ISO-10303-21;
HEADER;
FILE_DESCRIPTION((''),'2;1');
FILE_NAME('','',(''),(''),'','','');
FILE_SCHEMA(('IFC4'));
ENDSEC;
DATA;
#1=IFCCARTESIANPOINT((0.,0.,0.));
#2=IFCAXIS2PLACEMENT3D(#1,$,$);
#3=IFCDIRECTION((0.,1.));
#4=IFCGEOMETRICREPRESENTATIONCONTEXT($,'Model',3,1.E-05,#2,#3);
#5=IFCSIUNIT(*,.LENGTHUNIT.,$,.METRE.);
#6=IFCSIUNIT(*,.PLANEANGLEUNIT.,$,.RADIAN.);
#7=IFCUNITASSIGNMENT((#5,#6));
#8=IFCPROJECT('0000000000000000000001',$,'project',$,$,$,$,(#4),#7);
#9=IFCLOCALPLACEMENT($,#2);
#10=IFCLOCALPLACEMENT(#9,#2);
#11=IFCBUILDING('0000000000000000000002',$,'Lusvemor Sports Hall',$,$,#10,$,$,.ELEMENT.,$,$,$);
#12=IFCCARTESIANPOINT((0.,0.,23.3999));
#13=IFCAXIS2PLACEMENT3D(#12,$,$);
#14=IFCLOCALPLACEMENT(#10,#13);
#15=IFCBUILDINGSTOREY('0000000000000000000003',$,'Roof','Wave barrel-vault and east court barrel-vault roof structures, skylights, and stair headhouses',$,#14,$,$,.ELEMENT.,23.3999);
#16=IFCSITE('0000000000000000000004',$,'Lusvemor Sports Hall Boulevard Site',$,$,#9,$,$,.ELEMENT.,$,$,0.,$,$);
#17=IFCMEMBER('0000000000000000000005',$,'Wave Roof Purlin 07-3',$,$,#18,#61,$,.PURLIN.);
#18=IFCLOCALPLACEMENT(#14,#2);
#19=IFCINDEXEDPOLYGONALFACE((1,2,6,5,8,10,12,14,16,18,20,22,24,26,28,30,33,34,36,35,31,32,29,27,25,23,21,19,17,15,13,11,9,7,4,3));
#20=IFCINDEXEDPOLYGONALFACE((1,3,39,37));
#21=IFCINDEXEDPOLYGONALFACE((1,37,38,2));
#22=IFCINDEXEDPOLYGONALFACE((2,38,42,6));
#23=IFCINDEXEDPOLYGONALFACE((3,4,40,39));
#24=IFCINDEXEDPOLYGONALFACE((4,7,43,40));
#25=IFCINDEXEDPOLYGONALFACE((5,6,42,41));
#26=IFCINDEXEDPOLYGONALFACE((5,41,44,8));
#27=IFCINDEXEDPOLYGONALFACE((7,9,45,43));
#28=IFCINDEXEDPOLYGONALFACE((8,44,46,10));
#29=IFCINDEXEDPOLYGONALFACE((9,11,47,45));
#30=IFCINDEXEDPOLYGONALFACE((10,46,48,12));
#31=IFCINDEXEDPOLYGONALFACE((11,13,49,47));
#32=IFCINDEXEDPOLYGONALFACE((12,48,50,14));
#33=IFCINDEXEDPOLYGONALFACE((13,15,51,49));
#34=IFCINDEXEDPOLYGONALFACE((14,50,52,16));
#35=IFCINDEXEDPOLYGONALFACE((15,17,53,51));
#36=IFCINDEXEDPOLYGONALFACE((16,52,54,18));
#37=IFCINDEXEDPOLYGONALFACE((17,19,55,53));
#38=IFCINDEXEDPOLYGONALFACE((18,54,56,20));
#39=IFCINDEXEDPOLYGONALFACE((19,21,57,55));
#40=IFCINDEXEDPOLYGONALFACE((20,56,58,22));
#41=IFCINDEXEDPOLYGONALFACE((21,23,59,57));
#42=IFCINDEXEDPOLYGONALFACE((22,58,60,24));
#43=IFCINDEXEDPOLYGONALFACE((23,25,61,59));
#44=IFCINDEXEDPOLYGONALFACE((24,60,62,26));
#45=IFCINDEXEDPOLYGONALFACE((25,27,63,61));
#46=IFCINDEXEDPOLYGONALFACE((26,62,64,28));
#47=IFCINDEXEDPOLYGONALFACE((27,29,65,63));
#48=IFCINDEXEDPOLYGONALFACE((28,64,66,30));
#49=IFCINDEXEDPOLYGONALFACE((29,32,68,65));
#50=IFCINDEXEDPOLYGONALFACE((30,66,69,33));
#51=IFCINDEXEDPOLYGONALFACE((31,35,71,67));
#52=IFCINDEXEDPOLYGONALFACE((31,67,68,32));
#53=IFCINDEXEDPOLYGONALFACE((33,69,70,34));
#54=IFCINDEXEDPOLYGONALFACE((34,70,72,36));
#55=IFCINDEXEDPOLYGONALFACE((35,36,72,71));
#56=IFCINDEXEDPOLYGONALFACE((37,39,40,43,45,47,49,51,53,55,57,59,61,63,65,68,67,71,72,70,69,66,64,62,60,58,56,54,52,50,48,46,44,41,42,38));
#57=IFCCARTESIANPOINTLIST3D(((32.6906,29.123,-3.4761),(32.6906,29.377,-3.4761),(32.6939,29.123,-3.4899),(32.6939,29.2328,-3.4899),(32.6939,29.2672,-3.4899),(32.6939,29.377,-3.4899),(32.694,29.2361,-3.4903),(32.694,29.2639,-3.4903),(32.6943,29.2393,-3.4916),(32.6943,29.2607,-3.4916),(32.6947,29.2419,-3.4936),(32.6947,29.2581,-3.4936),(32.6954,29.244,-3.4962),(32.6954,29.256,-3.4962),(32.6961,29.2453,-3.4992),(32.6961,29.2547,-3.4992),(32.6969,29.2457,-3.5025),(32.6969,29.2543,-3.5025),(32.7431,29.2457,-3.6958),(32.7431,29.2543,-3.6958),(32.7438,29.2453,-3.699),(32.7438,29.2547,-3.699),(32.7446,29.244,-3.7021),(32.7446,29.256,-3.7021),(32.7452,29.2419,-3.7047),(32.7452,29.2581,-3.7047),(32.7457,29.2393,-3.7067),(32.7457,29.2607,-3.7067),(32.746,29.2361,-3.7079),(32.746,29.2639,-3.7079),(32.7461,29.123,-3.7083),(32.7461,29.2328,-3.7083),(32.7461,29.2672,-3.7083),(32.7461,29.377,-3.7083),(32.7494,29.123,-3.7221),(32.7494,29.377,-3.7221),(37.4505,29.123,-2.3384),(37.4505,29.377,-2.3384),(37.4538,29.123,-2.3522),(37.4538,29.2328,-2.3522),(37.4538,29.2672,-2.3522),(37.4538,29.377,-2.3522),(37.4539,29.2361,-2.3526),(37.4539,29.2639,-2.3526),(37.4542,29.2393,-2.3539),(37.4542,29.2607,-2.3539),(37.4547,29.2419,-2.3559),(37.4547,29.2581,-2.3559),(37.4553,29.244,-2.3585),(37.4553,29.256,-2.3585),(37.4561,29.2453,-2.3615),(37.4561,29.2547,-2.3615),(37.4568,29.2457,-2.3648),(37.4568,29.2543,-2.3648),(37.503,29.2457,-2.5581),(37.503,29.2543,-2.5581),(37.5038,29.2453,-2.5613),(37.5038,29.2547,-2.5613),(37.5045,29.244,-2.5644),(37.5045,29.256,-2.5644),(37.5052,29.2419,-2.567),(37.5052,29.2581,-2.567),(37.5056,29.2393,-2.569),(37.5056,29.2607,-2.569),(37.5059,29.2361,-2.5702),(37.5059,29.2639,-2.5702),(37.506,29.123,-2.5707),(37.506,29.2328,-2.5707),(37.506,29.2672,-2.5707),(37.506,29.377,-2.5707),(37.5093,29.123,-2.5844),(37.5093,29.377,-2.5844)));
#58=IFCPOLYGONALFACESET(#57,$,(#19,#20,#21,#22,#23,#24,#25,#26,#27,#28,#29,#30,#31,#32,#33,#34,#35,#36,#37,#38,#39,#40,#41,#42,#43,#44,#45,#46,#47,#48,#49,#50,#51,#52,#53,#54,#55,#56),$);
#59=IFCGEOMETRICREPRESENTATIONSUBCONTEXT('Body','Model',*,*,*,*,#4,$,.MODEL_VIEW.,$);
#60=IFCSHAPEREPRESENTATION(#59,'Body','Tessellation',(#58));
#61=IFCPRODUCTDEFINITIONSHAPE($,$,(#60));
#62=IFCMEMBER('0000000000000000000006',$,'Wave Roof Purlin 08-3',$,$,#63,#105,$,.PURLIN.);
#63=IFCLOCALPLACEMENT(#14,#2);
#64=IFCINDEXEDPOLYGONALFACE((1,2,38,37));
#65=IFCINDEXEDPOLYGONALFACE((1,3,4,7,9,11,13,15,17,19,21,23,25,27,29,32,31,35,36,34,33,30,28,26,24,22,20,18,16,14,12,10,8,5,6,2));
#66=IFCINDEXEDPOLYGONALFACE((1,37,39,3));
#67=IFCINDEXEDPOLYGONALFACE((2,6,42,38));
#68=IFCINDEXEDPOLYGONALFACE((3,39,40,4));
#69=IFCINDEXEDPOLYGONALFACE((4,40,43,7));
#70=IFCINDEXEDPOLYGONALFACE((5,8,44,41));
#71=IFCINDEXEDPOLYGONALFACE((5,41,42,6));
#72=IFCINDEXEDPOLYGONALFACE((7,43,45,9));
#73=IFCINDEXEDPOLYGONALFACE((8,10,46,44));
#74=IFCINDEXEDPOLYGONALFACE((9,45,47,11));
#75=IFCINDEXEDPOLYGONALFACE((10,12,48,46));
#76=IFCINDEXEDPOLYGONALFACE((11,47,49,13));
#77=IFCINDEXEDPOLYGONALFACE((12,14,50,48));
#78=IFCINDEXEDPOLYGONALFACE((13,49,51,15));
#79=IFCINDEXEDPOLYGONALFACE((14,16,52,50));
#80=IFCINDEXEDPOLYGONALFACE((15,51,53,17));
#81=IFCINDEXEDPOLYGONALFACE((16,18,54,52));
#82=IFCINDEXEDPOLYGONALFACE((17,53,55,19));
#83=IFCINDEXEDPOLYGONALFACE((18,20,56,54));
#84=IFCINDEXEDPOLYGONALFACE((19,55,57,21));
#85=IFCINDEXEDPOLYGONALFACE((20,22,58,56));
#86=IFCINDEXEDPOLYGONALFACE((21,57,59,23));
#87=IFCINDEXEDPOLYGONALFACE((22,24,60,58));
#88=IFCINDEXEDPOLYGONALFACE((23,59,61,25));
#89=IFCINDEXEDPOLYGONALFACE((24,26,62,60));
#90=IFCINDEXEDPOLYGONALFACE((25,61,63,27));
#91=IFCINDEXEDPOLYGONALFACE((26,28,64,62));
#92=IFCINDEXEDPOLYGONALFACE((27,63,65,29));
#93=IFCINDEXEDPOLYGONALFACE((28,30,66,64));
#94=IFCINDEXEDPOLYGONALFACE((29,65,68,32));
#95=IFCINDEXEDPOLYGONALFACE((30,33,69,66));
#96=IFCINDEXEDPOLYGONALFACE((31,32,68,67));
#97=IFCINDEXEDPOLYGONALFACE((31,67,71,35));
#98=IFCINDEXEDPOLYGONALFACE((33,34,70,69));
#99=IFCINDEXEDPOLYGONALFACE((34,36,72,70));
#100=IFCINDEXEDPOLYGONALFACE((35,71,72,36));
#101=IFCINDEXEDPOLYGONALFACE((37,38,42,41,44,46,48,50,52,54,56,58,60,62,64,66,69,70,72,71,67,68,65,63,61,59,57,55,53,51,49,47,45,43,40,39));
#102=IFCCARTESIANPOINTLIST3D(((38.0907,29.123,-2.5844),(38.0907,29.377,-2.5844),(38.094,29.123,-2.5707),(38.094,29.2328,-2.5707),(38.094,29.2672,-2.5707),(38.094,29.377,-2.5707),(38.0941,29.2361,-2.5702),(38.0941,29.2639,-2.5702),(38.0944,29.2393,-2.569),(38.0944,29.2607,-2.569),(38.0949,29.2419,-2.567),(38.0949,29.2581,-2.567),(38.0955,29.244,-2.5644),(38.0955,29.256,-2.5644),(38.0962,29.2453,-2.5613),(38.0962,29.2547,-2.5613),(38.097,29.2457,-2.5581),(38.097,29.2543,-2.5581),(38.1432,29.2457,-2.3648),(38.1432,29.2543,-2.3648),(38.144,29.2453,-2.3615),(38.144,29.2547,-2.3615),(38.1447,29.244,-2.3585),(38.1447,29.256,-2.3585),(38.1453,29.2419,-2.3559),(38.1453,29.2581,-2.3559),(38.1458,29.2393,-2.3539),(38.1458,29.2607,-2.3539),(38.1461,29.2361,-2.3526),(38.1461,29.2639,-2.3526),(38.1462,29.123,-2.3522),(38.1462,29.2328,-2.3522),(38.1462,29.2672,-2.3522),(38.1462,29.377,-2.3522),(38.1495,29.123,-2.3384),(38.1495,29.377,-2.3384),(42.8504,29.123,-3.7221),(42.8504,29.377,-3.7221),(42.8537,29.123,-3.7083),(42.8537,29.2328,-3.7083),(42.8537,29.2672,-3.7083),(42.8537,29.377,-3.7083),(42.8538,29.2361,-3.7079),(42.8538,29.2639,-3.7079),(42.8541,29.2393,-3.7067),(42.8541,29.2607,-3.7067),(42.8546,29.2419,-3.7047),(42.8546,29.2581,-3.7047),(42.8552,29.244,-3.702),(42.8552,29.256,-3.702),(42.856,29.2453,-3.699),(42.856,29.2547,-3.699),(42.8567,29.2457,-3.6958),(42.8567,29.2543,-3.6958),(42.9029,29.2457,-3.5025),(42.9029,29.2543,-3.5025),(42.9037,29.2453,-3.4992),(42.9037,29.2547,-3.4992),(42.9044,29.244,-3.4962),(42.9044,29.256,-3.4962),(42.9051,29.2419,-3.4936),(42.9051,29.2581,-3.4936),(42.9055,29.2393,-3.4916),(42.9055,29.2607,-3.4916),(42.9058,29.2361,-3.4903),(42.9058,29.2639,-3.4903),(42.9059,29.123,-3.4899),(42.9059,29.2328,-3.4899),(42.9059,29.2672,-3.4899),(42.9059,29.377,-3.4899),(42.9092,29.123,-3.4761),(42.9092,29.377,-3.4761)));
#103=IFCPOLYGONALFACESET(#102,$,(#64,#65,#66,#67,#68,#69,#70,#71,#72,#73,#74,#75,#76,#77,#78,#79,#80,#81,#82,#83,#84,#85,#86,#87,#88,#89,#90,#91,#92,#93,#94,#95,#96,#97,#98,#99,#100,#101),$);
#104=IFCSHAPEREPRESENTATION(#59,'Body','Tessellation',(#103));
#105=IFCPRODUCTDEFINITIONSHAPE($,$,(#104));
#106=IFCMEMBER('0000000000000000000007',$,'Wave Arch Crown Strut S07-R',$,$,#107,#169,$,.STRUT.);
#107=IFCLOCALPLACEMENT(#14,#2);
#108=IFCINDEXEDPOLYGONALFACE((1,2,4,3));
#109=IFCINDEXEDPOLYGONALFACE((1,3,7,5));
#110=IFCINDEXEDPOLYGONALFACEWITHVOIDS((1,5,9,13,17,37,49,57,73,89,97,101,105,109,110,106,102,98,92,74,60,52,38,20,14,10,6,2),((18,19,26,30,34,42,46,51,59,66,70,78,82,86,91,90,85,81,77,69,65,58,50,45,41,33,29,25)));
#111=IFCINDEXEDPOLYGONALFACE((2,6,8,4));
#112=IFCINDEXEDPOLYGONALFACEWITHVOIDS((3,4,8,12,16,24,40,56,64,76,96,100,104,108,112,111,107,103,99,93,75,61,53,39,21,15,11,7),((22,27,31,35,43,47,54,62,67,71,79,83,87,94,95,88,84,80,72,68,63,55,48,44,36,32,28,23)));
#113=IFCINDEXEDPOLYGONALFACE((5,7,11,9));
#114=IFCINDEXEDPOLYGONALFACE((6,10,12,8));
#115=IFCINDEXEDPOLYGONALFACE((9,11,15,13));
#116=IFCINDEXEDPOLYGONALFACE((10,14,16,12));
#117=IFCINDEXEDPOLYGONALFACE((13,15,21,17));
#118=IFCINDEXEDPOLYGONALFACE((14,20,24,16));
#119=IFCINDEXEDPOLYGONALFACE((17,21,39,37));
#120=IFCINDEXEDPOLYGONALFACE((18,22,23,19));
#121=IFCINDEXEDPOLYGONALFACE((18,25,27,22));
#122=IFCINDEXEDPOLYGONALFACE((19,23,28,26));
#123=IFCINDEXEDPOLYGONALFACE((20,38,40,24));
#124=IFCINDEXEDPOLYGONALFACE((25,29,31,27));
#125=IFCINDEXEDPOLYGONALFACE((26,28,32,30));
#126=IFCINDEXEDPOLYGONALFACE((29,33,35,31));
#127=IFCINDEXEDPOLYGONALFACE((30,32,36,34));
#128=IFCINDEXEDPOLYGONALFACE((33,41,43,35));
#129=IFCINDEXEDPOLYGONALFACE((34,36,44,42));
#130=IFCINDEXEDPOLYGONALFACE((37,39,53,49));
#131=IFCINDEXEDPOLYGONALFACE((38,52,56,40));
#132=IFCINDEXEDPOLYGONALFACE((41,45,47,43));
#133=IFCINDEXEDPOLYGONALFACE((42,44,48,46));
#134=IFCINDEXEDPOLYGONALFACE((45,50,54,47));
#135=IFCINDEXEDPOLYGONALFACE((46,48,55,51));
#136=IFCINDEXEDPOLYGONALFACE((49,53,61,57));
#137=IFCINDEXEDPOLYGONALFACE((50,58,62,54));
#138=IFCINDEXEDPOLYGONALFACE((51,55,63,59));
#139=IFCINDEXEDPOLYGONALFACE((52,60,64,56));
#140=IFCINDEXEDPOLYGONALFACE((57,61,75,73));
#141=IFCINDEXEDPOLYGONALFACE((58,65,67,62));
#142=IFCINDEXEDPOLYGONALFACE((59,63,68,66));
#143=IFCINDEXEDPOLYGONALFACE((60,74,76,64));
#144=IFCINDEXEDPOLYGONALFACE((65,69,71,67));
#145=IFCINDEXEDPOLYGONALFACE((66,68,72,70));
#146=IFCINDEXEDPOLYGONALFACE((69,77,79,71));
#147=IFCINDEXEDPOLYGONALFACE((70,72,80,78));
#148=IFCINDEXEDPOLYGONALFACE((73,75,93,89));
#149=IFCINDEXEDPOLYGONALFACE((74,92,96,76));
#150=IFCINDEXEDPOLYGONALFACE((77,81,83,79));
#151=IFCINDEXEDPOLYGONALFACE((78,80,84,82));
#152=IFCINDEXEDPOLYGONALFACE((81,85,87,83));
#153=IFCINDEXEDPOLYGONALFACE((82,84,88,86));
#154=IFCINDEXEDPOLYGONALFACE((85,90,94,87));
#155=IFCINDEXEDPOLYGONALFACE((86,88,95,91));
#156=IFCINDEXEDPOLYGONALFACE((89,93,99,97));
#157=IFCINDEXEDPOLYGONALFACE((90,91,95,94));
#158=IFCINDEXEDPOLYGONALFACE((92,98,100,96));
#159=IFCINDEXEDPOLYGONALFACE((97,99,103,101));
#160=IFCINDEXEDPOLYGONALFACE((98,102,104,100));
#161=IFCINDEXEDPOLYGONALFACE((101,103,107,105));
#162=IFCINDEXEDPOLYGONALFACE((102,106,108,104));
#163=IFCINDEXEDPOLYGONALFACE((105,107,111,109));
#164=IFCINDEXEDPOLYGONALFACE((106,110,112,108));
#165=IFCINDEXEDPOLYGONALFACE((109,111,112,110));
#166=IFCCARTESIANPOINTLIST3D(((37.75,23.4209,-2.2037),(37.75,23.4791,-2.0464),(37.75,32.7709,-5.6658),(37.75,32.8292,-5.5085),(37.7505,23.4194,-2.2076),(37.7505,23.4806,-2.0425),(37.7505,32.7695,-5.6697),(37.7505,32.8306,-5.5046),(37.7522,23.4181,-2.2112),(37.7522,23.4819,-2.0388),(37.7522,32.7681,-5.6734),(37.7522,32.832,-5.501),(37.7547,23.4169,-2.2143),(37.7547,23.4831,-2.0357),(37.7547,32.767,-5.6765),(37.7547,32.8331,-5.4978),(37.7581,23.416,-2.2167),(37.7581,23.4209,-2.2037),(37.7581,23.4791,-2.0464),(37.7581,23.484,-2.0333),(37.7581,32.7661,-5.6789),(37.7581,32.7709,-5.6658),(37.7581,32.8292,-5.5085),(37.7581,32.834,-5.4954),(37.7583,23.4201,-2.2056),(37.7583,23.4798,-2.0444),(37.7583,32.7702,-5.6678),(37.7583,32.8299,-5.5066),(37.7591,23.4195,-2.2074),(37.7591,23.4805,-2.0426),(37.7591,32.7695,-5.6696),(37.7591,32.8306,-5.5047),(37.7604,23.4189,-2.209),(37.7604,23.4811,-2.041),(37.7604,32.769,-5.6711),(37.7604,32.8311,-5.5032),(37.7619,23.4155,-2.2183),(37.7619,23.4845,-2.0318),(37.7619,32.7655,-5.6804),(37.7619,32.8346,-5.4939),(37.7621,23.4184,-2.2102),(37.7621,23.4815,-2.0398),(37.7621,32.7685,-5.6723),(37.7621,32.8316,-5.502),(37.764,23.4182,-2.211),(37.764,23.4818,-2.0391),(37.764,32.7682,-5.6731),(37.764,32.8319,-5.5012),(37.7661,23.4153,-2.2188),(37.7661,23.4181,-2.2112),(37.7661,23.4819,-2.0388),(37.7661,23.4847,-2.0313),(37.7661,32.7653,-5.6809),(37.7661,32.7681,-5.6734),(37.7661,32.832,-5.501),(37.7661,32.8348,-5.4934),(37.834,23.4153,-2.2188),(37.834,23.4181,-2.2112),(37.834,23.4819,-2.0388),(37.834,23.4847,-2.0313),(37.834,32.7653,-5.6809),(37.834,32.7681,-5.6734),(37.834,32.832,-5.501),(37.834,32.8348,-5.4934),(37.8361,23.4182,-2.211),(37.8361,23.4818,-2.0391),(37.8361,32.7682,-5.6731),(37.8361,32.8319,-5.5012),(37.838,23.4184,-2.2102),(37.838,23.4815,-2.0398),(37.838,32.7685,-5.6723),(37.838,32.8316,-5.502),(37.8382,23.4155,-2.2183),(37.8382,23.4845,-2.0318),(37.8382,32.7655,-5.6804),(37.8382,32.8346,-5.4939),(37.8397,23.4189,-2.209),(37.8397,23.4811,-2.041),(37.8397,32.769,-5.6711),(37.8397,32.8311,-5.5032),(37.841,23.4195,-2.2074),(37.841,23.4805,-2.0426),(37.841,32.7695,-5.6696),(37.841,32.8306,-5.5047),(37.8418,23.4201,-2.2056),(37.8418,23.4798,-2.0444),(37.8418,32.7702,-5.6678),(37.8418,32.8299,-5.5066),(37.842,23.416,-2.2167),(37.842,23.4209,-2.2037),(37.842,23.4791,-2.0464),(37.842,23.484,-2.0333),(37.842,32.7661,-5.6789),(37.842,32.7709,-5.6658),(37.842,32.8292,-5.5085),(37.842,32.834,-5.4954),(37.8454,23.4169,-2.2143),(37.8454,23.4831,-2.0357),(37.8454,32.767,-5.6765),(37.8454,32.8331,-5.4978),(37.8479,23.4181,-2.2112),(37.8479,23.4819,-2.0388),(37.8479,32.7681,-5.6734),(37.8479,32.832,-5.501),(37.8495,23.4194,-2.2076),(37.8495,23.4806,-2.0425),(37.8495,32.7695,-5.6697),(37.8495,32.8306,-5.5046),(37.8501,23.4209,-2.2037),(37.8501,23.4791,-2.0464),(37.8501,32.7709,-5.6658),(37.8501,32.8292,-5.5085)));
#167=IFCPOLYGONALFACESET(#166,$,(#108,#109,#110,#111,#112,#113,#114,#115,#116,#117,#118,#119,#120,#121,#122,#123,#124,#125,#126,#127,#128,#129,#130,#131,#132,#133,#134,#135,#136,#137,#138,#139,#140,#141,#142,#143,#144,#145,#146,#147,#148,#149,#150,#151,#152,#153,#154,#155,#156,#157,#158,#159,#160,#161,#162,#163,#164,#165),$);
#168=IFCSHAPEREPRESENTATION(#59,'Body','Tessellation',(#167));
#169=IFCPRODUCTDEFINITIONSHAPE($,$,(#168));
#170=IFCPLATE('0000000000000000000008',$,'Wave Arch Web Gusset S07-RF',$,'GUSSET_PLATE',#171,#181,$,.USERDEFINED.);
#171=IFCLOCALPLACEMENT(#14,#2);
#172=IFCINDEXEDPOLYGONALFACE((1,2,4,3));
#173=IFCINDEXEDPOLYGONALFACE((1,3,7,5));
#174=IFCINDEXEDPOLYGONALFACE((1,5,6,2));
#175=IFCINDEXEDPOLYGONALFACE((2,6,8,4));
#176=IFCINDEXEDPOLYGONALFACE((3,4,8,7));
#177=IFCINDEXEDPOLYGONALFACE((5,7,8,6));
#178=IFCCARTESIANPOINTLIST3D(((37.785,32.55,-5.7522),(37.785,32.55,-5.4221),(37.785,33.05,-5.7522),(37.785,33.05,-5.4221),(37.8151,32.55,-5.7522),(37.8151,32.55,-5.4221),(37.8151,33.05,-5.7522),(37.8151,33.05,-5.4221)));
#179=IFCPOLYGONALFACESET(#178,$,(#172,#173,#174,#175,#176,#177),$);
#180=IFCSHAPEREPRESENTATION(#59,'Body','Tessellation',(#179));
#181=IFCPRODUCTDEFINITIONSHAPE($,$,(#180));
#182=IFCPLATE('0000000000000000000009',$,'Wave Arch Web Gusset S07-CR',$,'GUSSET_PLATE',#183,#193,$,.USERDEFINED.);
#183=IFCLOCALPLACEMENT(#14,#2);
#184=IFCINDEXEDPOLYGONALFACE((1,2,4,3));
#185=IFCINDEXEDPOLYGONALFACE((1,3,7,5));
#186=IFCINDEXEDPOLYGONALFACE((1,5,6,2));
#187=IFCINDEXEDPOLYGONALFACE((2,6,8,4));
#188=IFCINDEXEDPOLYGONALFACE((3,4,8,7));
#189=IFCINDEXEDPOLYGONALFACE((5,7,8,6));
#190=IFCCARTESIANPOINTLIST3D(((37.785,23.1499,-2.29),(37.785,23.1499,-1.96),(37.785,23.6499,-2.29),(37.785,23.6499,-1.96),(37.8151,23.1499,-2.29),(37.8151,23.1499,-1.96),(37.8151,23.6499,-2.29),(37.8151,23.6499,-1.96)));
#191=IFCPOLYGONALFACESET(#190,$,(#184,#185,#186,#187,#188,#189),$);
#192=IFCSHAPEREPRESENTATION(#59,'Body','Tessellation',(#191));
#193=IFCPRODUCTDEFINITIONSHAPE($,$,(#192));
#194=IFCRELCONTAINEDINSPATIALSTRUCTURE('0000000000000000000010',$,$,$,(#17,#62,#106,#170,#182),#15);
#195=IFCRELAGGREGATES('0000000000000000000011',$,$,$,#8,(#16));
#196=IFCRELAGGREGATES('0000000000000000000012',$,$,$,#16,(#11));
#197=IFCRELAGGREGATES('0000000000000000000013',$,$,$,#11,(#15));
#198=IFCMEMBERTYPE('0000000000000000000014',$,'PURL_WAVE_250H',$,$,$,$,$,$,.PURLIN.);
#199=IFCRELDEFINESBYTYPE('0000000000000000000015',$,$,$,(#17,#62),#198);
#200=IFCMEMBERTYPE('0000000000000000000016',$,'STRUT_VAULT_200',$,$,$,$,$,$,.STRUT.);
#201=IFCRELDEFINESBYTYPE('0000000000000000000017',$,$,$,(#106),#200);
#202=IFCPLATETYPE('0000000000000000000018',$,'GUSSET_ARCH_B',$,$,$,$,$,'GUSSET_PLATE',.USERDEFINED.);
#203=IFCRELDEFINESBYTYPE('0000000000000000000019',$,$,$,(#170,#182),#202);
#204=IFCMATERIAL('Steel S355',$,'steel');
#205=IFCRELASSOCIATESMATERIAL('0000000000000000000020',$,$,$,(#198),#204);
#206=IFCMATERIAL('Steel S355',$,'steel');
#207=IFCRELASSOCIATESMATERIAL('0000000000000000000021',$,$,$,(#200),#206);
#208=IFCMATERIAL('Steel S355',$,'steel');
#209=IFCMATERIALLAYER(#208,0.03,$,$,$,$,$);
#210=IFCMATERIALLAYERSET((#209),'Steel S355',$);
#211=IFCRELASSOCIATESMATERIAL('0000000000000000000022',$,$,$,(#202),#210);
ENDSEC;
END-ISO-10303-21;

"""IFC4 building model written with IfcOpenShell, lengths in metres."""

from ifc_helpers import new_model, si_unit, direction, frame, origin, origin_2d, place, context, subcontext, project, spatial, rectangle, hollow_rectangle, i_section, extrude, material, layer, layer_set, material_profile, profile_set, type_object, element, save


model = new_model("IFC4")

# Units and contexts
model_context = context("Model", 3, precision=1e-05, world=origin(), true_north=direction((0.0, 1.0)))
body_context = subcontext(model_context, "Body", "Model", "MODEL_VIEW")
ifc_project = project(units=[si_unit("LENGTHUNIT", "METRE"), si_unit("PLANEANGLEUNIT", "RADIAN")], contexts=[model_context])

# Site, building, storey
site_placement = place(None, origin())
site = spatial("IfcSite", under=ifc_project, at=site_placement, Name="Lusvemor Sports Hall Boulevard Site", CompositionType="ELEMENT", RefElevation=0.0)
building_placement = place(site_placement, origin())
building = spatial("IfcBuilding", under=site, at=building_placement, Name="Lusvemor Sports Hall", CompositionType="ELEMENT")
storey_placement = place(building_placement, frame((0.0, 0.0, 23.3999)))
storey = spatial("IfcBuildingStorey", under=building, at=storey_placement, Name="Roof", Description="Wave barrel-vault and east court barrel-vault roof structures, skylights, and stair headhouses", CompositionType="ELEMENT", Elevation=23.3999)

# Members
ifc_material_1 = material(Name="Steel S355", Category="steel")
ifc_material_profile_1 = material_profile(ifc_material_1, i_section(OverallWidth=0.2539, OverallDepth=0.2529, WebThickness=0.0085, FlangeThickness=0.0142, FilletRadius=0.0129, at=origin_2d()), Name="W250x73.0")
ifc_profile_set_1 = profile_set([ifc_material_profile_1], Name="Steel S355")
member_type_1 = type_object("IfcMemberType", Name="PURL_WAVE_250H", PredefinedType="PURLIN", material=ifc_profile_set_1)
member_1_placement = place(storey_placement, frame((32.72, 29.25, -3.5991), z_axis=(0.972605, 0.0, 0.232463), x_axis=(0.0, 1.0, 0.0)))
element("IfcMember", 1, at=member_1_placement, inside=storey, type_object=member_type_1, Name="Wave Roof Purlin 07-3", PredefinedType="PURLIN", context=body_context, shape_type="SweptSolid", body=[
    extrude(i_section(OverallWidth=0.2539, OverallDepth=0.2529, WebThickness=0.0085, FlangeThickness=0.0142, FilletRadius=0.0129, at=origin_2d()), origin(), (0.0, 0.0, 1.0), 4.894),
])
member_2_placement = place(storey_placement, frame((38.1201, 29.25, -2.4614), z_axis=(0.972602, 0.0, -0.232475), x_axis=(0.0, 1.0, 0.0)))
element("IfcMember", 2, at=member_2_placement, inside=storey, type_object=member_type_1, Name="Wave Roof Purlin 08-3", PredefinedType="PURLIN", context=body_context, shape_type="SweptSolid", body=[
    extrude(i_section(OverallWidth=0.2539, OverallDepth=0.2529, WebThickness=0.0085, FlangeThickness=0.0142, FilletRadius=0.0129, at=origin_2d()), origin(), (0.0, 0.0, 1.0), 4.8938),
])
ifc_material_2 = material(Name="Steel S355", Category="steel")
ifc_material_profile_2 = material_profile(ifc_material_2, hollow_rectangle(XDim=0.1001, YDim=0.2, WallThickness=0.0081, InnerFilletRadius=0.0081, OuterFilletRadius=0.0161, at=origin_2d()), Name="RHS200x100x8")
ifc_profile_set_2 = profile_set([ifc_material_profile_2], Name="Steel S355")
member_type_2 = type_object("IfcMemberType", Name="STRUT_VAULT_200", PredefinedType="STRUT", material=ifc_profile_set_2)
member_3_placement = place(storey_placement, frame((37.8, 32.8, -5.5872), z_axis=(0.0, -0.937776, 0.34724), x_axis=(1.0, 0.0, 0.0)))
element("IfcMember", 3, at=member_3_placement, inside=storey, type_object=member_type_2, Name="Wave Arch Crown Strut S07-R", PredefinedType="STRUT", context=body_context, shape_type="SweptSolid", body=[
    extrude(hollow_rectangle(XDim=0.1001, YDim=0.2, WallThickness=0.0081, InnerFilletRadius=0.0081, OuterFilletRadius=0.0161, at=origin_2d()), origin(), (0.0, 0.0, 1.0), 9.9705),
])

# Plates
ifc_material_3 = material(Name="Steel S355", Category="steel")
ifc_layer_1 = layer(ifc_material_3, 0.03)
ifc_layer_set_1 = layer_set([ifc_layer_1], Name="Steel S355")
plate_type_1 = type_object("IfcPlateType", Name="GUSSET_ARCH_B", ElementType="GUSSET_PLATE", PredefinedType="USERDEFINED", material=ifc_layer_set_1)
for number, where, z_axis, x_axis, name in (
    (4, (37.8, 32.8, -5.7522), (0.0, 0.0, 1.0), (1.0, 0.0, 0.0), "Wave Arch Web Gusset S07-RF"),
    (5, (37.8, 23.3999, -2.29), (0.0, 0.0, 1.0), (1.0, 0.0, 0.0), "Wave Arch Web Gusset S07-CR"),
):
    element("IfcPlate", number, at=place(storey_placement, frame(where, z_axis=z_axis, x_axis=x_axis)), inside=storey, type_object=plate_type_1, Name=name, ObjectType="GUSSET_PLATE", PredefinedType="USERDEFINED", context=body_context, shape_type="SweptSolid", body=[
        extrude(rectangle(XDim=0.03, YDim=0.5, at=origin_2d()), origin(), (0.0, 0.0, 1.0), 0.3301),
    ])

save(model, "model.ifc")
